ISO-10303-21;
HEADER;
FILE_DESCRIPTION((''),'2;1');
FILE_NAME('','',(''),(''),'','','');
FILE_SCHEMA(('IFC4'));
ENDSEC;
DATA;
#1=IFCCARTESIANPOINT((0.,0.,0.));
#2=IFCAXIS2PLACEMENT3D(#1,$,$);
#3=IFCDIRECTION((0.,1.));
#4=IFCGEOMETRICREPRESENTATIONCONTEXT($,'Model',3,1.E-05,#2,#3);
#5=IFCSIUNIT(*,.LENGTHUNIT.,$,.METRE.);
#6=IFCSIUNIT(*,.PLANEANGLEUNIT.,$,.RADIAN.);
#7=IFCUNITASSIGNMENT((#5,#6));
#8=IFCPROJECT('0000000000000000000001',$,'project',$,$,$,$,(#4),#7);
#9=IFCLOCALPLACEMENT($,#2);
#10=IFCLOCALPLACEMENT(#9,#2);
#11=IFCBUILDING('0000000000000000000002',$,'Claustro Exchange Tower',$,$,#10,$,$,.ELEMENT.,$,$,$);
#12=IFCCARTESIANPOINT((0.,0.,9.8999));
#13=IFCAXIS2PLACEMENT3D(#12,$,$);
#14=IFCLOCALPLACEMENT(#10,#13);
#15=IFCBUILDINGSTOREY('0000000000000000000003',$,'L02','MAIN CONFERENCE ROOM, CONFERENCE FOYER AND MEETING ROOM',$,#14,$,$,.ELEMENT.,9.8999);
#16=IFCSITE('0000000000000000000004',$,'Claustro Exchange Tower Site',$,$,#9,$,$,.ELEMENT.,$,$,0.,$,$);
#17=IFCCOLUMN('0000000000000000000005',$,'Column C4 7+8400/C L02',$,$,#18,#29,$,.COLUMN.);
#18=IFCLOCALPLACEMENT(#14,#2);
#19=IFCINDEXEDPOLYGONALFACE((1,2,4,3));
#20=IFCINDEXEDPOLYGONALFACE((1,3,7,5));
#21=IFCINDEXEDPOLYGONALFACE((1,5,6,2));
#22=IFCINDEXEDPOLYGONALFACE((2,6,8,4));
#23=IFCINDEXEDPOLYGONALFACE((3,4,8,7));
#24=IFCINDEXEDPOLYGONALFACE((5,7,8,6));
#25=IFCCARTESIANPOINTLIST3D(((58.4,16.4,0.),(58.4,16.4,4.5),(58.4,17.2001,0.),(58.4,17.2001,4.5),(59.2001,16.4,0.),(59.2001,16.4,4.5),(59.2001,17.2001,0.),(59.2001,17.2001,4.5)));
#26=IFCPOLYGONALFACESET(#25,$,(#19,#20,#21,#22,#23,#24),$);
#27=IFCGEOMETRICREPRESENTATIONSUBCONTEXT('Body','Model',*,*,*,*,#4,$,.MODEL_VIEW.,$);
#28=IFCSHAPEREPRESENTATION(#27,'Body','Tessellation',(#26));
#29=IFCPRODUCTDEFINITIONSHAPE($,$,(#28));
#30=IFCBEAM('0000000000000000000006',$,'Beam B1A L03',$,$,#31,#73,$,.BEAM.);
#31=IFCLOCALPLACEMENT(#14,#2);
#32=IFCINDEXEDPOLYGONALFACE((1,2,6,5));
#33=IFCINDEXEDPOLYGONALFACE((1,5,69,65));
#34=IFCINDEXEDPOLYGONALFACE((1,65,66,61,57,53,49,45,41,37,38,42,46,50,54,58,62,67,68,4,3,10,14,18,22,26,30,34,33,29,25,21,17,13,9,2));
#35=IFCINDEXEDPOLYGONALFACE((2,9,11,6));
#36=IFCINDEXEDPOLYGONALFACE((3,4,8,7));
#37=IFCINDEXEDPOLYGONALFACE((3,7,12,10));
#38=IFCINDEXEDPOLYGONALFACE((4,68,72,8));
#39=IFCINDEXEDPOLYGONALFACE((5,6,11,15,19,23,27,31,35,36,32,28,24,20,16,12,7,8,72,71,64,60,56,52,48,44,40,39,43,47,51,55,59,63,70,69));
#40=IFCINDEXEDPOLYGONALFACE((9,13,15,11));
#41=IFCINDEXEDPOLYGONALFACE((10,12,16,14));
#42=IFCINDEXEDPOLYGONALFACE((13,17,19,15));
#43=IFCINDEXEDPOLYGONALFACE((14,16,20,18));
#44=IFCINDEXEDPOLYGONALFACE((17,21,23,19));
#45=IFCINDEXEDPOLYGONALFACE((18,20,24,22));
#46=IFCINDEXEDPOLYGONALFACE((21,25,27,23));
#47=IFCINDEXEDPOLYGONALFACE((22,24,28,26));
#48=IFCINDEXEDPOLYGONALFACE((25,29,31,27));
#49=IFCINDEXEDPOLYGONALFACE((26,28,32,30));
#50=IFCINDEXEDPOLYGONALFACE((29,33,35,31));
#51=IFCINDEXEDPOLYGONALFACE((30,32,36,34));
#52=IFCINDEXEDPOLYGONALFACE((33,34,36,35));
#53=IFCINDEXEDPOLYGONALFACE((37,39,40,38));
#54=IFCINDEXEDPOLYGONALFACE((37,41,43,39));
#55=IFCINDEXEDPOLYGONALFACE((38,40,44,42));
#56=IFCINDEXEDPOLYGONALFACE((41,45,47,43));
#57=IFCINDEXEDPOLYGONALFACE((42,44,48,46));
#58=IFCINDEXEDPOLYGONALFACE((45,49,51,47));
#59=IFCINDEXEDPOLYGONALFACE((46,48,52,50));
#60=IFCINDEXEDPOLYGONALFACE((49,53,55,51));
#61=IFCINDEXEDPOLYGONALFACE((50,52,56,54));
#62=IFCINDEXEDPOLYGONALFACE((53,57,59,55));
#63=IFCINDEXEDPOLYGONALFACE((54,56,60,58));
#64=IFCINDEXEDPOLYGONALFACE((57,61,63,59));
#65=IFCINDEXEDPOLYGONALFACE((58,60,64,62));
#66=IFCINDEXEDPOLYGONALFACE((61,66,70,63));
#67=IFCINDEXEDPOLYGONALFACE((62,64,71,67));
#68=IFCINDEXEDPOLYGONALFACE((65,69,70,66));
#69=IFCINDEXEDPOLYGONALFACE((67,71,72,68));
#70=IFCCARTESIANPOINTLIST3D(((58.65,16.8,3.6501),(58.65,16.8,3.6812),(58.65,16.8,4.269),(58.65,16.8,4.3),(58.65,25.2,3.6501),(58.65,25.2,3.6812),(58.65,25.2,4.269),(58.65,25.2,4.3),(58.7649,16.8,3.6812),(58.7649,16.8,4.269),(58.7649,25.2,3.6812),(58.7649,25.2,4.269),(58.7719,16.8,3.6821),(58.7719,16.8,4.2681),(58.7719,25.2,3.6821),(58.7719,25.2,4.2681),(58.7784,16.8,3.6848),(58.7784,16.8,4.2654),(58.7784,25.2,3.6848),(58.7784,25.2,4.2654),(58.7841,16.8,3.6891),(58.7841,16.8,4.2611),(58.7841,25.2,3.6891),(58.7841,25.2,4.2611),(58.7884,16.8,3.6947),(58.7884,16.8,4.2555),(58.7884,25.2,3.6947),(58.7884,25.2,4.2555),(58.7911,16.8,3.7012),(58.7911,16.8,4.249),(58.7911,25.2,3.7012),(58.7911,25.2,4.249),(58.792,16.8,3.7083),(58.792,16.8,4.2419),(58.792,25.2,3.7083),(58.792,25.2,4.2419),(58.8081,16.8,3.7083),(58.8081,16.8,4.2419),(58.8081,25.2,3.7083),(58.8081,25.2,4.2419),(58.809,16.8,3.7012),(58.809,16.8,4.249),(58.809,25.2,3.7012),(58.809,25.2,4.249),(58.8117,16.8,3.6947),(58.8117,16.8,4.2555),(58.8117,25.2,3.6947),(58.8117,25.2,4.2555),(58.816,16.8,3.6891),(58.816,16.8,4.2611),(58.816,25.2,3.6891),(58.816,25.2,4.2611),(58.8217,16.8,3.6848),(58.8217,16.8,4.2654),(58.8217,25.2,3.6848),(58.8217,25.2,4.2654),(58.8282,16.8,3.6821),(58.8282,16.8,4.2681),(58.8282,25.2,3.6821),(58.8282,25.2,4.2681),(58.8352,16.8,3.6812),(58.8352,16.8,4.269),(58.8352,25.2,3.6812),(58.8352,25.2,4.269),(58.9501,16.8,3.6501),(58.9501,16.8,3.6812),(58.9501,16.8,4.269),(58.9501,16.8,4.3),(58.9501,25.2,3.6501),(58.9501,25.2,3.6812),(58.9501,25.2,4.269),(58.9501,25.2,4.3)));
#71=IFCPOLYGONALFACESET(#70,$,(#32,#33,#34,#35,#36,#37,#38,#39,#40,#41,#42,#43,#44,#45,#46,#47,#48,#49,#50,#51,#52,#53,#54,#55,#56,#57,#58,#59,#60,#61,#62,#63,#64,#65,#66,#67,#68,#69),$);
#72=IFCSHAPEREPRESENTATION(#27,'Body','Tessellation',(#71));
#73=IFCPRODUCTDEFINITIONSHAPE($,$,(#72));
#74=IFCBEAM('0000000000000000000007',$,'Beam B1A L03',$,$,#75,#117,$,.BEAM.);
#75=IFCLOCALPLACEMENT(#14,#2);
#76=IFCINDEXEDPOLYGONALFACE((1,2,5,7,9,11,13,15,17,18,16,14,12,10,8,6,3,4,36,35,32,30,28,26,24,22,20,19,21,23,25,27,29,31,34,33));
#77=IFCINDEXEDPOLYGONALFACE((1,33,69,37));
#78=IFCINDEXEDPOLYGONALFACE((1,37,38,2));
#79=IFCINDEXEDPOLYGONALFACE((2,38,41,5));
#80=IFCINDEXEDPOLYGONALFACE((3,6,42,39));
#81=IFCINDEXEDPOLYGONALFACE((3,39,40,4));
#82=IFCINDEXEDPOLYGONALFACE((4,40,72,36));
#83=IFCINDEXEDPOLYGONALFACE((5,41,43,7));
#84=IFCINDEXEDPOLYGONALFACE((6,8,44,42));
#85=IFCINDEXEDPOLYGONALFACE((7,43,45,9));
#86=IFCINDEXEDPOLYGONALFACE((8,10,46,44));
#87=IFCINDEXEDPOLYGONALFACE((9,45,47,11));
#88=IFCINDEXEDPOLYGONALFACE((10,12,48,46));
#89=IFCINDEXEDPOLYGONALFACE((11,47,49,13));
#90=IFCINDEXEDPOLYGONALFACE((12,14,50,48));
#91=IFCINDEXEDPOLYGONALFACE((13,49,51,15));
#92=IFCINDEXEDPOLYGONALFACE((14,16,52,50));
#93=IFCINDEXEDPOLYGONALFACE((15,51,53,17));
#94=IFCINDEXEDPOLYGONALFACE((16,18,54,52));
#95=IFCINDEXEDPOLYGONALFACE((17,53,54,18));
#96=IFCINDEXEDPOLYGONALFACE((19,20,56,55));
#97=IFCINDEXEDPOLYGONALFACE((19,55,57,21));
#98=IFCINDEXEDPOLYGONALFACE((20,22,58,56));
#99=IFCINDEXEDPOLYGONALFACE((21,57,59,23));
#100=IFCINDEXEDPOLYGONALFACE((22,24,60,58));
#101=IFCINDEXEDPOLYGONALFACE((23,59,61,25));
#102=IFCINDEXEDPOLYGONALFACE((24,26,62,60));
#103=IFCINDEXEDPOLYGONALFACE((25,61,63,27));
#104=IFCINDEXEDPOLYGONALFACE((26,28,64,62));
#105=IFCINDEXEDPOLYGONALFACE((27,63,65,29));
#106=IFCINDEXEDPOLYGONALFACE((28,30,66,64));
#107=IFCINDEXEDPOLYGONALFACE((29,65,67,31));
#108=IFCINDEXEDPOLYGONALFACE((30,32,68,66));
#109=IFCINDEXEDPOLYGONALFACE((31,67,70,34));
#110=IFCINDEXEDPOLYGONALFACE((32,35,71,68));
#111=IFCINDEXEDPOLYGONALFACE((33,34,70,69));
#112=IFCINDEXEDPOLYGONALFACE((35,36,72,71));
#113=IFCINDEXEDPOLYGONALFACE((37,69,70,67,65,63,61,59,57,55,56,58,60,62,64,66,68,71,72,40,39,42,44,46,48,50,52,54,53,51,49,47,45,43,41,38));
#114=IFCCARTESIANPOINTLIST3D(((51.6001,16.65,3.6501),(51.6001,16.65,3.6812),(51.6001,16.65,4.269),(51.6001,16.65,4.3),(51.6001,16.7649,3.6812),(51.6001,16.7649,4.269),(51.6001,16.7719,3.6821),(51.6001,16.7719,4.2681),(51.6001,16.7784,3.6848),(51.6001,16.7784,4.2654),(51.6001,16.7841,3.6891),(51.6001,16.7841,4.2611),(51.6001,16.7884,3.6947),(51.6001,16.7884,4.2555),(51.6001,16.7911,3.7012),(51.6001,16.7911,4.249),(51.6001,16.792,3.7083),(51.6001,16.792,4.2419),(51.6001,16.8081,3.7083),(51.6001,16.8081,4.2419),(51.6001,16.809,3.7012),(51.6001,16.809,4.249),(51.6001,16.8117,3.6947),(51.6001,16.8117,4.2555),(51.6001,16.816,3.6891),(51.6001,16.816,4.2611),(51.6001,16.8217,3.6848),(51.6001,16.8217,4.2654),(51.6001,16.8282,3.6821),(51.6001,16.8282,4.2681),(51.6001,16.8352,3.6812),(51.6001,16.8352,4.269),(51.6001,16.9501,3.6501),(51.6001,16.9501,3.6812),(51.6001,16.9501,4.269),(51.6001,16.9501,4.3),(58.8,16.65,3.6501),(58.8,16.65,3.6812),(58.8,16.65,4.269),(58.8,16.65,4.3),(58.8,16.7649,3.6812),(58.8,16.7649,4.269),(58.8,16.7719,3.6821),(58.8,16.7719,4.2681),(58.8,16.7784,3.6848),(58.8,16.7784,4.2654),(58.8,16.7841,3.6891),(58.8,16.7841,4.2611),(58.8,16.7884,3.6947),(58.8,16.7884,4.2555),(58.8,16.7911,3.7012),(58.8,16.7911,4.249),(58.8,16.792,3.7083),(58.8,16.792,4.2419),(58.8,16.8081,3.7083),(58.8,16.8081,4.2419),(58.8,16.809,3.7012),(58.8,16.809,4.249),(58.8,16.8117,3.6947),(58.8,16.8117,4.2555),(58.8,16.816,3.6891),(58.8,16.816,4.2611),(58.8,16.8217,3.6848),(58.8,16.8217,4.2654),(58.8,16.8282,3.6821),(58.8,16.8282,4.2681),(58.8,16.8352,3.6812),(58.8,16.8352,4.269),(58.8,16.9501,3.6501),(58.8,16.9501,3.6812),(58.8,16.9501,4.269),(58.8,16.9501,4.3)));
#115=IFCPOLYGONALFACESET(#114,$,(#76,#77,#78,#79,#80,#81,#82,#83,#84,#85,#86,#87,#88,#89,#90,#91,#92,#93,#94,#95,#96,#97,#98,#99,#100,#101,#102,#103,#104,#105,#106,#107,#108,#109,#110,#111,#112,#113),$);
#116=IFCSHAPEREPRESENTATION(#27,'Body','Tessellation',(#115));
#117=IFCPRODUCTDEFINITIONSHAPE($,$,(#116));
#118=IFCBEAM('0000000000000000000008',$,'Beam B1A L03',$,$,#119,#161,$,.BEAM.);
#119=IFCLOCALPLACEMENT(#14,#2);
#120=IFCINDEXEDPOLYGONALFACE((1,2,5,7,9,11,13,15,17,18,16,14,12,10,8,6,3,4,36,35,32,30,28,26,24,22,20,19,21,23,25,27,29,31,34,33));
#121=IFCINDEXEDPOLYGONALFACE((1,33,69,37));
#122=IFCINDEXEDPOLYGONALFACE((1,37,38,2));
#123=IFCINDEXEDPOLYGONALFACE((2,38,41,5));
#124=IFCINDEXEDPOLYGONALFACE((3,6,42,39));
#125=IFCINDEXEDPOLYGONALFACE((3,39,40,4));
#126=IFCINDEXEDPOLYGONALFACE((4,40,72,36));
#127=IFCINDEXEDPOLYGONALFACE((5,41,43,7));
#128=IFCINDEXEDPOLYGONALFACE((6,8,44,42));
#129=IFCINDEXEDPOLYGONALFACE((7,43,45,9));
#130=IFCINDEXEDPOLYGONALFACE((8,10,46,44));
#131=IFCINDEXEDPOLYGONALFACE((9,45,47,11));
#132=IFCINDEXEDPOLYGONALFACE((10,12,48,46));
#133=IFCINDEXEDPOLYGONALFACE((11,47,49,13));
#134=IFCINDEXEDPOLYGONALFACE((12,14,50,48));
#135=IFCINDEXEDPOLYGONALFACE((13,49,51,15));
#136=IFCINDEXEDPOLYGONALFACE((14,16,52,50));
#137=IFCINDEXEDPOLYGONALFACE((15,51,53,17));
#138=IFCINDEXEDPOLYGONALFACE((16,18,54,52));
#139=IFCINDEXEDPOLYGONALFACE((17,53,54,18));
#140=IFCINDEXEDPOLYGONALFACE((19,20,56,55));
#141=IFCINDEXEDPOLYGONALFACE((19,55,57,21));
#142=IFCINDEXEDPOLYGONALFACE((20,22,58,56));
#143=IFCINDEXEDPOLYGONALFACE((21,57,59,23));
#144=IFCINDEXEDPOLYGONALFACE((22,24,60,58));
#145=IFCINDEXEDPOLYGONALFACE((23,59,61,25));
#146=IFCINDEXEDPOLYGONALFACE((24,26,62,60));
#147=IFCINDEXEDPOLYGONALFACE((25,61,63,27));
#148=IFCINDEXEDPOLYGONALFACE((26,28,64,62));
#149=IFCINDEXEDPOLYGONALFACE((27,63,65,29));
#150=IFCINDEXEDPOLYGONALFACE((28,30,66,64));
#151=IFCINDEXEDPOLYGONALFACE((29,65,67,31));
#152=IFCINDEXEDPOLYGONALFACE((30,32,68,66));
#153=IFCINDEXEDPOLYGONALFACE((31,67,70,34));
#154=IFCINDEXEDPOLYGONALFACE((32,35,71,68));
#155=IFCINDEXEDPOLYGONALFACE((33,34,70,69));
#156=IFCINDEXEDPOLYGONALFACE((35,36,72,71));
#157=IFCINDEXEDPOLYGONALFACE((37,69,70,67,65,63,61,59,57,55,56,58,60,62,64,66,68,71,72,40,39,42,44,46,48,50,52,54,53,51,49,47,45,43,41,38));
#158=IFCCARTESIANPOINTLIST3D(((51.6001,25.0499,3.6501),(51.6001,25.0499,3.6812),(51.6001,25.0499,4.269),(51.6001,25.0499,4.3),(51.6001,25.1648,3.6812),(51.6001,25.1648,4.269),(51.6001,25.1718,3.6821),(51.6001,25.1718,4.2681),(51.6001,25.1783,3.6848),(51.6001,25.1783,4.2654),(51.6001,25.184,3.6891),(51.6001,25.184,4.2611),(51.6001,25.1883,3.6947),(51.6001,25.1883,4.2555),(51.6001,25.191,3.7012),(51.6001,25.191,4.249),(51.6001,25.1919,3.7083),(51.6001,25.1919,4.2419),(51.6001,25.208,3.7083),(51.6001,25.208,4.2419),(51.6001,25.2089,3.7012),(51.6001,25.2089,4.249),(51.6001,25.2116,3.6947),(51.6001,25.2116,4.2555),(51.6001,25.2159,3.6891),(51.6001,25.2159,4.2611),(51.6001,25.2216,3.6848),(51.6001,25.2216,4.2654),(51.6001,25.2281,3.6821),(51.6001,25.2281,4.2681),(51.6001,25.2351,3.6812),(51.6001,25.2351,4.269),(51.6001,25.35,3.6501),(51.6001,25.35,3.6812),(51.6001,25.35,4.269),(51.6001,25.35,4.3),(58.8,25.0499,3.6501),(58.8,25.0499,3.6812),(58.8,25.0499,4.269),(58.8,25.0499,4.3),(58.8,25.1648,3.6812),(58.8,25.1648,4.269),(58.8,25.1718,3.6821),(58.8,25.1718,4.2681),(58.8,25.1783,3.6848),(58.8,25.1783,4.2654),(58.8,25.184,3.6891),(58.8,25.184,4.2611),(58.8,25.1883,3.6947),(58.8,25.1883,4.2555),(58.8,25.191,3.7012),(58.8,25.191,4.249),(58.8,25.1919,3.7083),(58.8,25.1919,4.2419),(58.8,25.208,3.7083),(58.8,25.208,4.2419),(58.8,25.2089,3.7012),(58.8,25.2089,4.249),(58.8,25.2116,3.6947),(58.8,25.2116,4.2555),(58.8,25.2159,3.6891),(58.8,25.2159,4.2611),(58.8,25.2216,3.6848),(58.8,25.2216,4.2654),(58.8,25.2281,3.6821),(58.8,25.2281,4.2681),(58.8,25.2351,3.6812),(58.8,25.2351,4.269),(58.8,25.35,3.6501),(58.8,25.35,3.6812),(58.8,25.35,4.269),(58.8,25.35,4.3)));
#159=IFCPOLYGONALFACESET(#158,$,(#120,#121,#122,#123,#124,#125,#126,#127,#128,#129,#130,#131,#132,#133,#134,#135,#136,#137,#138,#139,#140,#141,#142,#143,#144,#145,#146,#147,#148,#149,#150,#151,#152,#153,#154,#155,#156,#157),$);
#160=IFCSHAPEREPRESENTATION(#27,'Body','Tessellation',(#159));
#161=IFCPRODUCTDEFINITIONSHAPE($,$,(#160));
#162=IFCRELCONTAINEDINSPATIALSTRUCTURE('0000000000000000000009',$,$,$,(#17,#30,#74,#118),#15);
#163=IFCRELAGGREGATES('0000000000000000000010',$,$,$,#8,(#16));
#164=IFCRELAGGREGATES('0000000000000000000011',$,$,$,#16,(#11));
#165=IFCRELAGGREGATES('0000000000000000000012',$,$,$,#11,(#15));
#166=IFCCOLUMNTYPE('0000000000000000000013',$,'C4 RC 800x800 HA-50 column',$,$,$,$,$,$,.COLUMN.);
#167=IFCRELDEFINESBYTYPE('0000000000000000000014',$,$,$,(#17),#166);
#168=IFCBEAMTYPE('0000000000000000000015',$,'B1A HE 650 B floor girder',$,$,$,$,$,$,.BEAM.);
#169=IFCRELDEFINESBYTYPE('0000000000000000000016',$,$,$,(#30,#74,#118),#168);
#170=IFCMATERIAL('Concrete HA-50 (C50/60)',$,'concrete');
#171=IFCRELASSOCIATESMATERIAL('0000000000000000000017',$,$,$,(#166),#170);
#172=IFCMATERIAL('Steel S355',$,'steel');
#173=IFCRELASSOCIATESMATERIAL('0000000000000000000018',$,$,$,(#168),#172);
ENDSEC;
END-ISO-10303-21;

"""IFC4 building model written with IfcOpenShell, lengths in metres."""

from ifc_helpers import new_model, si_unit, direction, frame, origin, origin_2d, place, context, subcontext, project, spatial, rectangle, i_section, extrude, material, material_profile, profile_set, type_object, element, save


model = new_model("IFC4")

# Units and contexts
model_context = context("Model", 3, precision=1e-05, world=origin(), true_north=direction((0.0, 1.0)))
body_context = subcontext(model_context, "Body", "Model", "MODEL_VIEW")
ifc_project = project(units=[si_unit("LENGTHUNIT", "METRE"), si_unit("PLANEANGLEUNIT", "RADIAN")], contexts=[model_context])

# Site, building, storey
site_placement = place(None, origin())
site = spatial("IfcSite", under=ifc_project, at=site_placement, Name="Claustro Exchange Tower Site", CompositionType="ELEMENT", RefElevation=0.0)
building_placement = place(site_placement, origin())
building = spatial("IfcBuilding", under=site, at=building_placement, Name="Claustro Exchange Tower", CompositionType="ELEMENT")
storey_placement = place(building_placement, frame((0.0, 0.0, 9.8999)))
storey = spatial("IfcBuildingStorey", under=building, at=storey_placement, Name="L02", Description="MAIN CONFERENCE ROOM, CONFERENCE FOYER AND MEETING ROOM", CompositionType="ELEMENT", Elevation=9.8999)

# Column
ifc_material_1 = material(Name="Concrete HA-50 (C50/60)", Category="concrete")
ifc_material_profile_1 = material_profile(ifc_material_1, rectangle(XDim=0.8, YDim=0.8, at=origin_2d()), Name="RC 800x800")
ifc_profile_set_1 = profile_set([ifc_material_profile_1], Name="Concrete HA-50 (C50/60)")
column_type = type_object("IfcColumnType", Name="C4 RC 800x800 HA-50 column", PredefinedType="COLUMN", material=ifc_profile_set_1)
column_placement = place(storey_placement, frame((58.8, 16.8, 0.0), z_axis=(0.0, 0.0, 1.0), x_axis=(1.0, 0.0, 0.0)))
element("IfcColumn", 1, at=column_placement, inside=storey, type_object=column_type, Name="Column C4 7+8400/C L02", PredefinedType="COLUMN", context=body_context, shape_type="SweptSolid", body=[
    extrude(rectangle(XDim=0.8, YDim=0.8, at=origin_2d()), origin(), (0.0, 0.0, 1.0), 4.5),
])

# Beams
ifc_material_2 = material(Name="Steel S355", Category="steel")
ifc_material_profile_2 = material_profile(ifc_material_2, i_section(OverallWidth=0.3, OverallDepth=0.6499, WebThickness=0.0161, FlangeThickness=0.031, FilletRadius=0.0271, at=origin_2d()), Name="HE 650 B")
ifc_profile_set_2 = profile_set([ifc_material_profile_2], Name="Steel S355")
beam_type_1 = type_object("IfcBeamType", Name="B1A HE 650 B floor girder", PredefinedType="BEAM", material=ifc_profile_set_2)
beam_placement = place(storey_placement, frame((58.8, 16.8, 3.9751), z_axis=(0.0, 1.0, 0.0), x_axis=(-1.0, 0.0, 0.0)))
element("IfcBeam", 2, at=beam_placement, inside=storey, type_object=beam_type_1, Name="Beam B1A L03", PredefinedType="BEAM", context=body_context, shape_type="SweptSolid", body=[
    extrude(i_section(OverallWidth=0.3, OverallDepth=0.6499, WebThickness=0.0161, FlangeThickness=0.031, FilletRadius=0.0271, at=origin_2d()), origin(), (0.0, 0.0, 1.0), 8.3999),
])
for number, where, z_axis, x_axis, name in (
    (3, (51.6001, 16.8, 3.9751), (1.0, 0.0, 0.0), (0.0, 1.0, 0.0), "Beam B1A L03"),
    (4, (51.6001, 25.2, 3.9751), (1.0, 0.0, 0.0), (0.0, 1.0, 0.0), "Beam B1A L03"),
):
    element("IfcBeam", number, at=place(storey_placement, frame(where, z_axis=z_axis, x_axis=x_axis)), inside=storey, type_object=beam_type_1, Name=name, PredefinedType="BEAM", context=body_context, shape_type="SweptSolid", body=[
        extrude(i_section(OverallWidth=0.3, OverallDepth=0.6499, WebThickness=0.0161, FlangeThickness=0.031, FilletRadius=0.0271, at=origin_2d()), origin(), (0.0, 0.0, 1.0), 7.2),
    ])

save(model, "model.ifc")
